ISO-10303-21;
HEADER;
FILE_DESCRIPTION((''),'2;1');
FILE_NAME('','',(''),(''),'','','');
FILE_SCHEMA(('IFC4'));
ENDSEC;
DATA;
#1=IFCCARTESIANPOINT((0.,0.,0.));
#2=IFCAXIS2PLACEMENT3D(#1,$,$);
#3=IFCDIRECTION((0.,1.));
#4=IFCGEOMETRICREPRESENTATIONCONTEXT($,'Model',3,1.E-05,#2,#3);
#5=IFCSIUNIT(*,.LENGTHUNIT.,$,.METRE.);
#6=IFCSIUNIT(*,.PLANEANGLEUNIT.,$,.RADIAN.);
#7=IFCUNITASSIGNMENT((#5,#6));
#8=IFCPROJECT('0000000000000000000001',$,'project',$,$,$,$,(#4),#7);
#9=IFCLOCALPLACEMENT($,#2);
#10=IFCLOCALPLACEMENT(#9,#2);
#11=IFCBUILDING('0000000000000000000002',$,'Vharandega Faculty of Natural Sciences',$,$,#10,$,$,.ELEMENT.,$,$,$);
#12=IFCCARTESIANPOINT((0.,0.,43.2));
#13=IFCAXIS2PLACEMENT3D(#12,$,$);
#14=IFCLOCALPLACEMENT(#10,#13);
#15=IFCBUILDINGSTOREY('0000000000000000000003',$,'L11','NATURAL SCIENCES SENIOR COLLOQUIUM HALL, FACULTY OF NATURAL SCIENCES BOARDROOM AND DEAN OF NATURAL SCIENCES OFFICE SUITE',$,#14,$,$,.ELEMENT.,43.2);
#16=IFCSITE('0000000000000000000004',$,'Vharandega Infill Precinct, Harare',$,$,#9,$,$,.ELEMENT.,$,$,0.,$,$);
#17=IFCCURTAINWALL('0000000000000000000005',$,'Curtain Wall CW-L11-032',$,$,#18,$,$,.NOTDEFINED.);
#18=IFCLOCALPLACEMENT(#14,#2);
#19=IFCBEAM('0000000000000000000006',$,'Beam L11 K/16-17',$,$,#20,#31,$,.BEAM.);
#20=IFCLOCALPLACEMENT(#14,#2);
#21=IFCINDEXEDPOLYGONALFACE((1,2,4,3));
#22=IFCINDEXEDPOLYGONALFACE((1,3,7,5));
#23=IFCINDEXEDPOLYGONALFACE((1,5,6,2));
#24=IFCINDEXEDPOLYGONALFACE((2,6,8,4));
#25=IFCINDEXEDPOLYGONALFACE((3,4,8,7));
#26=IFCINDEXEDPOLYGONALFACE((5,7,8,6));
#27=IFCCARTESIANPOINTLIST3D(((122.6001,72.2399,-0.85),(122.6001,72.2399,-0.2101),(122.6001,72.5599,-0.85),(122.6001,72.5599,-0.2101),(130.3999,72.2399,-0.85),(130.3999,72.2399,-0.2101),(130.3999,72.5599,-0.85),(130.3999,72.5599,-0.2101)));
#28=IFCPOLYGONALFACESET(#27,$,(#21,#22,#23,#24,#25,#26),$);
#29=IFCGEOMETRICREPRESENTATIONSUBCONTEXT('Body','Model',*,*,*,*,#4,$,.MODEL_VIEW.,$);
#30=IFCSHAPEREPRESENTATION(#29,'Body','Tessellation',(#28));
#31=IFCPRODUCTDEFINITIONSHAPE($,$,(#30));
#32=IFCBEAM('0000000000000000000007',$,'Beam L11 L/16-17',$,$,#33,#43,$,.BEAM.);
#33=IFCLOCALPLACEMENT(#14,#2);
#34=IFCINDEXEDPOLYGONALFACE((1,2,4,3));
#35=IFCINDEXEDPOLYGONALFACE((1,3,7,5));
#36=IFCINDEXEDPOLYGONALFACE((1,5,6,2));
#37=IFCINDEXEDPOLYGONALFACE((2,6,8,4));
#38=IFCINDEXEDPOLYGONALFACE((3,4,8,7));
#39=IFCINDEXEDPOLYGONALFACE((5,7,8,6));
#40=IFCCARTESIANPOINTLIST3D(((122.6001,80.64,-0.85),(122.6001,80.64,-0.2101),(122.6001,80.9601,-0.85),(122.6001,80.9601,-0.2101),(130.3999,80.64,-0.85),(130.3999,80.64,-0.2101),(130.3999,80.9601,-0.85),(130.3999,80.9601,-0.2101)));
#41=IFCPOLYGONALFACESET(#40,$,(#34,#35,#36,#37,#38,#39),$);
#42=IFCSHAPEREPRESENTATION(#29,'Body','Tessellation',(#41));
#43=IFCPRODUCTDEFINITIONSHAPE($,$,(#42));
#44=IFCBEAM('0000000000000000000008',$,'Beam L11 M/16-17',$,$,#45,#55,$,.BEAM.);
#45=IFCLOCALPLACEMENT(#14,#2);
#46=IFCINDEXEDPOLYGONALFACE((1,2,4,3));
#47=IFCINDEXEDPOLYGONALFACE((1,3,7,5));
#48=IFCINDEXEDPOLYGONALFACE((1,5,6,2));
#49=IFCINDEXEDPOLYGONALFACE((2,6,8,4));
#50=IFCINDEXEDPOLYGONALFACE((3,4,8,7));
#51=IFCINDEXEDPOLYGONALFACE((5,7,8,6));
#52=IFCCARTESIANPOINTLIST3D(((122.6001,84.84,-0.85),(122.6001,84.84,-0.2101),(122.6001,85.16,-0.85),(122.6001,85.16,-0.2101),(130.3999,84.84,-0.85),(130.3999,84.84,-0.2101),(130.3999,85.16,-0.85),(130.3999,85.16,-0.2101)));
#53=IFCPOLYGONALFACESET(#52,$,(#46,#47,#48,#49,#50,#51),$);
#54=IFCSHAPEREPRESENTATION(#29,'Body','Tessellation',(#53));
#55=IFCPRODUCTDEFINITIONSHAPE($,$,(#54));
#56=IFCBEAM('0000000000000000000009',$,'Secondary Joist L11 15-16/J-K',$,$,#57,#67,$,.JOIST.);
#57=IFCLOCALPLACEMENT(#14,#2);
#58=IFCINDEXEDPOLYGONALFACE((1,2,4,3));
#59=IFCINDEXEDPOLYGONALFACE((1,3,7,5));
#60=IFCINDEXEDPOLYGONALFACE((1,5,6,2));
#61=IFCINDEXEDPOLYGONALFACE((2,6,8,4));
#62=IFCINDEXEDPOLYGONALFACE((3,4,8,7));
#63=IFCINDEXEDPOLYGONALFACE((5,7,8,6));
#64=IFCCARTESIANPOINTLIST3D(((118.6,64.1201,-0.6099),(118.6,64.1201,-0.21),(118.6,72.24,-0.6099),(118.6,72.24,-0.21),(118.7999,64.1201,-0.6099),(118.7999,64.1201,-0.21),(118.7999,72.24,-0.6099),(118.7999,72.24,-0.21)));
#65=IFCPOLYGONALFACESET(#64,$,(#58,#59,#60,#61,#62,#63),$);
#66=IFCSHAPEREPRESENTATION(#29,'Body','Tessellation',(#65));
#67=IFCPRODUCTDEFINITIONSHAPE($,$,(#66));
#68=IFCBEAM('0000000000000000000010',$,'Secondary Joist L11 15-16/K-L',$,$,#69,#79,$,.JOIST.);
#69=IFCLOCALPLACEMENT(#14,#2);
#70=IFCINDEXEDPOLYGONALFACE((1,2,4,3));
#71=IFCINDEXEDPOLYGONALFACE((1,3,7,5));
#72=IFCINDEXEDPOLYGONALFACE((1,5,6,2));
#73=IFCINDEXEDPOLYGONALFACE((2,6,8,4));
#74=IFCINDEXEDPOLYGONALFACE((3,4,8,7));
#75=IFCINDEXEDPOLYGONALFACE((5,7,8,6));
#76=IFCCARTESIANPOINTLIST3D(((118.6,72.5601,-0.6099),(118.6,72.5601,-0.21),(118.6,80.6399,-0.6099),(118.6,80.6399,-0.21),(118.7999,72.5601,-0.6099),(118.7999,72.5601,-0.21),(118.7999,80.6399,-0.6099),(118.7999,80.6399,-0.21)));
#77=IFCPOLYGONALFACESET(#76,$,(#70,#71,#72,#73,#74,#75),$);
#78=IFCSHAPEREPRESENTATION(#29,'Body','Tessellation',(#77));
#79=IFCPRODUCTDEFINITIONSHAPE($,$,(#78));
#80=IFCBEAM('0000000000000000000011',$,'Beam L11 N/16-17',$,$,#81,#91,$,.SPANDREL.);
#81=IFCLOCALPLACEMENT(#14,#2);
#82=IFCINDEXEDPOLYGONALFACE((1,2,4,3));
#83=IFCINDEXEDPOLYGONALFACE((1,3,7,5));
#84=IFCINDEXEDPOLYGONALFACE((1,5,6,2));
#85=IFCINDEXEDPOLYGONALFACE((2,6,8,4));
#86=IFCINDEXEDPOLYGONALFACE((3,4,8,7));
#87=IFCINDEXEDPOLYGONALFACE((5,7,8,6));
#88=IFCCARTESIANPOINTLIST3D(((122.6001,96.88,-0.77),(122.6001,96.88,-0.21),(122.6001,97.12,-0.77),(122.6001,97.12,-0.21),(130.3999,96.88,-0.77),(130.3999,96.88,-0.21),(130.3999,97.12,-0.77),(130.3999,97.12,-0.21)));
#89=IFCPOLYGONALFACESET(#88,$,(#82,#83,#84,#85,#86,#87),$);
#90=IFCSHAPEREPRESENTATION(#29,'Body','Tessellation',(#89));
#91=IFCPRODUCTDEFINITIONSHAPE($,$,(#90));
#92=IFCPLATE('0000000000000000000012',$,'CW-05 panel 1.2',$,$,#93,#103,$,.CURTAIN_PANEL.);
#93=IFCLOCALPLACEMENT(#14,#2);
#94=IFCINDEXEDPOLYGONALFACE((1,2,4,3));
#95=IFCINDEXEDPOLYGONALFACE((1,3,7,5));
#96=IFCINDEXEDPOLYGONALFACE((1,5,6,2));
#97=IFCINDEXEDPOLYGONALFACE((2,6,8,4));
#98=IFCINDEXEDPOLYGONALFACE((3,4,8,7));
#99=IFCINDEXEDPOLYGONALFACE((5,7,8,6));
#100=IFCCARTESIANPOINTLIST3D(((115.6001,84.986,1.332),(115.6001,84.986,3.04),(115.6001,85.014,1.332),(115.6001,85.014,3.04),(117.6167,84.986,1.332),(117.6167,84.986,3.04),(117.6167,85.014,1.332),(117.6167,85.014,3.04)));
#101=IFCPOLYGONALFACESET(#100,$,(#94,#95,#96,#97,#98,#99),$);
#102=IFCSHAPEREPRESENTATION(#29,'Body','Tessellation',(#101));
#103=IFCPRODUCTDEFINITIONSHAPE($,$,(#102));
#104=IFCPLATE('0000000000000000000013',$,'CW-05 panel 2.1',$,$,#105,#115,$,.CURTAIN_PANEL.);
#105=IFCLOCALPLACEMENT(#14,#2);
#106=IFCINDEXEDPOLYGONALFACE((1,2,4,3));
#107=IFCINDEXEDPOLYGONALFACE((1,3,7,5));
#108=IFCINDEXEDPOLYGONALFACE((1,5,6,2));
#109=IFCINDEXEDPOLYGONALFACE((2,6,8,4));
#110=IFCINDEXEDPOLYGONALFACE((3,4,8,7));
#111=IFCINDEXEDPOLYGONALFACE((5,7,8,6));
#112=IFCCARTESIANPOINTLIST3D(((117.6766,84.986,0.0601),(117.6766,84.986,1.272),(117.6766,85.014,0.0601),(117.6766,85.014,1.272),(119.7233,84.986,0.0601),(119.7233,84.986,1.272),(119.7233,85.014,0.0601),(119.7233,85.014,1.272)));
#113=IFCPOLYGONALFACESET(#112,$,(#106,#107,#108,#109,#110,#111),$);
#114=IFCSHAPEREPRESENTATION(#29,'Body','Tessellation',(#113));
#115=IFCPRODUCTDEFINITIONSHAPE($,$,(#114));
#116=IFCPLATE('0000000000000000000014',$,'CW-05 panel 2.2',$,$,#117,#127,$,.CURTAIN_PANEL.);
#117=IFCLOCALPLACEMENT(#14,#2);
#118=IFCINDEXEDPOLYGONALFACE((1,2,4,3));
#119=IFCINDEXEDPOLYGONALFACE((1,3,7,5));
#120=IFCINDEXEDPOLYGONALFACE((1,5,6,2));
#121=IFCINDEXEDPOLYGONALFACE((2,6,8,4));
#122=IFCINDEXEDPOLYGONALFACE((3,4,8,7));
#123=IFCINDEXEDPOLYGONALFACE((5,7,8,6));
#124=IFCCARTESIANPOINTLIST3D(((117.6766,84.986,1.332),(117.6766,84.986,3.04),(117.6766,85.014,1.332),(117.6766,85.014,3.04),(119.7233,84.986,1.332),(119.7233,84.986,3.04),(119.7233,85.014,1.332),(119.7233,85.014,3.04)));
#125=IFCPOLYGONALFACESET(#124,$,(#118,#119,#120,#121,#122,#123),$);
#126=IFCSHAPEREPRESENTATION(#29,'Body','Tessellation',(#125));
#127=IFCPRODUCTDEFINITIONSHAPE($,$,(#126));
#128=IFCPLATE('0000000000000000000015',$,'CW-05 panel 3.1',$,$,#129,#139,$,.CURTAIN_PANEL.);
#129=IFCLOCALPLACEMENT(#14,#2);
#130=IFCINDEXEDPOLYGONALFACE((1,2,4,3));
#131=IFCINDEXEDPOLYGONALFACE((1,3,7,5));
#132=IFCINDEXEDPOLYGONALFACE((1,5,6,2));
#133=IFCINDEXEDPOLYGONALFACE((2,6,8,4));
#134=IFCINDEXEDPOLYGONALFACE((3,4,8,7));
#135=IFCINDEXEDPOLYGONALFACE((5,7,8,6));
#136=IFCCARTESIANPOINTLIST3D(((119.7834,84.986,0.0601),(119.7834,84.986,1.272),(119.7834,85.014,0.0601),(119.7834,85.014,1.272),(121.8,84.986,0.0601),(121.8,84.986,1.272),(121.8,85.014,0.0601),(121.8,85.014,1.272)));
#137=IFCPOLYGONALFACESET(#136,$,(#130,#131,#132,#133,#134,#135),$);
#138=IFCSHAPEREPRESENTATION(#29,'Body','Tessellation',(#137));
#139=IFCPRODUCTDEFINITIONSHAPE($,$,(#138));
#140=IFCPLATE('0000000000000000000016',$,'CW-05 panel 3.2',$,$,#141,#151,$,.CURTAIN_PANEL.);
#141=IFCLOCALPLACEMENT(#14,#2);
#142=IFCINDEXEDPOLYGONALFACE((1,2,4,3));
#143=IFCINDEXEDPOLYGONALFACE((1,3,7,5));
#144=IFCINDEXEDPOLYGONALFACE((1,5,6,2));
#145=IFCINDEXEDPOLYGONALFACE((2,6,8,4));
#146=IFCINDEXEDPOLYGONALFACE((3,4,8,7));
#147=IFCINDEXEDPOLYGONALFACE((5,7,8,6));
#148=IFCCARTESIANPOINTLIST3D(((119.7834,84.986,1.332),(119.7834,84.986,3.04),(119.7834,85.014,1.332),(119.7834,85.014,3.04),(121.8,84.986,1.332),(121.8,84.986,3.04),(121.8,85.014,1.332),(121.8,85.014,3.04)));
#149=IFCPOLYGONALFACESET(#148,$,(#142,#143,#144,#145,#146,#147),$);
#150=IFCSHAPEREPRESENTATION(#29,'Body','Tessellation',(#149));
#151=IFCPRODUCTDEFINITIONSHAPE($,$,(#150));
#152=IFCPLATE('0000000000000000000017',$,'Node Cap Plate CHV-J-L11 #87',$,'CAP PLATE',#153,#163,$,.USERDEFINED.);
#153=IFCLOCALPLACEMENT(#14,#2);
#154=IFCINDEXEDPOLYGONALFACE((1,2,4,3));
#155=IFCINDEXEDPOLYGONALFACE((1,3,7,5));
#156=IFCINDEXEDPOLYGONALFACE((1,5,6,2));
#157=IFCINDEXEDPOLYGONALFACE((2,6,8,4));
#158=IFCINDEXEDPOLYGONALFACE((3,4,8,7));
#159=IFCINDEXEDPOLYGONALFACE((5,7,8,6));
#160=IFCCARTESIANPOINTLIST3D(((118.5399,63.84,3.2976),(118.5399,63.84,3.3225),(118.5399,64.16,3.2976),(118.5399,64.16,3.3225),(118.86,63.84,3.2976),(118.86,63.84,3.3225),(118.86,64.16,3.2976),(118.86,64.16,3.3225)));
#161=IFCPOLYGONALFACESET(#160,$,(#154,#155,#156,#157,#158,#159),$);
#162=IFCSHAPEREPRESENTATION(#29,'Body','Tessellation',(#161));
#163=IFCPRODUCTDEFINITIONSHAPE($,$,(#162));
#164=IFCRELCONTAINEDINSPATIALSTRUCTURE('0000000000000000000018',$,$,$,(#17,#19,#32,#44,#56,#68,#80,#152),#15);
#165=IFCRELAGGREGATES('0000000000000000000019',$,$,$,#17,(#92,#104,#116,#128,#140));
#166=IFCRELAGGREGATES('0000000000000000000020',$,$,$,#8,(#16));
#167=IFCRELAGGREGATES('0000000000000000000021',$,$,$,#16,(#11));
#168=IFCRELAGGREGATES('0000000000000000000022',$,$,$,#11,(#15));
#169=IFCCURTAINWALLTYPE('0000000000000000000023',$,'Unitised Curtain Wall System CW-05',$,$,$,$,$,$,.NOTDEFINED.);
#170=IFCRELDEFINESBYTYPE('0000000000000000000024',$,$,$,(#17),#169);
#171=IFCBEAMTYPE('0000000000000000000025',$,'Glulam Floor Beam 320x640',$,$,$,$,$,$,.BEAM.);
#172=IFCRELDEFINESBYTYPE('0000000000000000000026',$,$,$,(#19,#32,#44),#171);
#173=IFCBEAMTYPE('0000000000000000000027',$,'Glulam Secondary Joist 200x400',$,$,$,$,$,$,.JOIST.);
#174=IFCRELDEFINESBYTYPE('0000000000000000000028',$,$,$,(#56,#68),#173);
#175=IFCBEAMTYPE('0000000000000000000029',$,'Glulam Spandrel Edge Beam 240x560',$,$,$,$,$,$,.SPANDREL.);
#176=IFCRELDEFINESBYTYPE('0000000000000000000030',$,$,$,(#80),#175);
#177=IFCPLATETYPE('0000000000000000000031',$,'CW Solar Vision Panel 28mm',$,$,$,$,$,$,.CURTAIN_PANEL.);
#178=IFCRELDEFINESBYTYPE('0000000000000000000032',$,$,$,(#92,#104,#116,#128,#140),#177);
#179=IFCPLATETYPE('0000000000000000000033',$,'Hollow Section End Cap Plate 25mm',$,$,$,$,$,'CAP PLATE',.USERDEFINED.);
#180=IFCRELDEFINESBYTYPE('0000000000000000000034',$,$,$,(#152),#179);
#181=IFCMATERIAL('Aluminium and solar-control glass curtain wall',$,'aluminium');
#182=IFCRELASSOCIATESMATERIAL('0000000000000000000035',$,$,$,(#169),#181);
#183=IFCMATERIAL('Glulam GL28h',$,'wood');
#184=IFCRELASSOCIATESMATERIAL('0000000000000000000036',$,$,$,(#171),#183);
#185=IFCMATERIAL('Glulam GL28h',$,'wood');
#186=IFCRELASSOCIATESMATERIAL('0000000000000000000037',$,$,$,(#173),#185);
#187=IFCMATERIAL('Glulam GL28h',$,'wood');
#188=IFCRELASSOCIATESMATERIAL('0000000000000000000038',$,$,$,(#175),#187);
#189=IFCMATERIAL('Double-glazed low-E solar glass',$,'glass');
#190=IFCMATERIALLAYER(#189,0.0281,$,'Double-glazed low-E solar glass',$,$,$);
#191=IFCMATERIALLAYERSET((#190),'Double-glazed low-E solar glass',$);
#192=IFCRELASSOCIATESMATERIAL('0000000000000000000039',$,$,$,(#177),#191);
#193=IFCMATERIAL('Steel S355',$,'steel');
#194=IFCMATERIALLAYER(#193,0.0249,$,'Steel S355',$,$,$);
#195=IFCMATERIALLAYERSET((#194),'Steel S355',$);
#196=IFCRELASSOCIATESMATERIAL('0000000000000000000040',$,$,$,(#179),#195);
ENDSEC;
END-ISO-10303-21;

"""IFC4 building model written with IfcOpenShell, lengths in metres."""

from ifc_helpers import new_model, si_unit, direction, frame, origin, origin_2d, place, context, subcontext, project, spatial, rectangle, extrude, material, layer, layer_set, material_profile, profile_set, type_object, element, aggregate, save


model = new_model("IFC4")

# Units and contexts
model_context = context("Model", 3, precision=1e-05, world=origin(), true_north=direction((0.0, 1.0)))
body_context = subcontext(model_context, "Body", "Model", "MODEL_VIEW")
ifc_project = project(units=[si_unit("LENGTHUNIT", "METRE"), si_unit("PLANEANGLEUNIT", "RADIAN")], contexts=[model_context])

# Site, building, storey
site_placement = place(None, origin())
site = spatial("IfcSite", under=ifc_project, at=site_placement, Name="Vharandega Infill Precinct, Harare", CompositionType="ELEMENT", RefElevation=0.0)
building_placement = place(site_placement, origin())
building = spatial("IfcBuilding", under=site, at=building_placement, Name="Vharandega Faculty of Natural Sciences", CompositionType="ELEMENT")
storey_placement = place(building_placement, frame((0.0, 0.0, 43.2)))
storey = spatial("IfcBuildingStorey", under=building, at=storey_placement, Name="L11", Description="NATURAL SCIENCES SENIOR COLLOQUIUM HALL, FACULTY OF NATURAL SCIENCES BOARDROOM AND DEAN OF NATURAL SCIENCES OFFICE SUITE", CompositionType="ELEMENT", Elevation=43.2)

# Curtain wall
ifc_material_1 = material(Name="Aluminium and solar-control glass curtain wall", Category="aluminium")
curtain_wall_type = type_object("IfcCurtainWallType", Name="Unitised Curtain Wall System CW-05", PredefinedType="NOTDEFINED", material=ifc_material_1)
curtain_wall_placement = place(storey_placement, origin())
curtain_wall = element("IfcCurtainWall", 1, at=curtain_wall_placement, inside=storey, type_object=curtain_wall_type, Name="Curtain Wall CW-L11-032", PredefinedType="NOTDEFINED")

# Beams
ifc_material_2 = material(Name="Glulam GL28h", Category="wood")
ifc_material_profile_1 = material_profile(ifc_material_2, rectangle(XDim=0.3201, YDim=0.6399, at=origin_2d()), Name="GL28h 320x640")
ifc_profile_set_1 = profile_set([ifc_material_profile_1], Name="Glulam GL28h")
beam_type_1 = type_object("IfcBeamType", Name="Glulam Floor Beam 320x640", PredefinedType="BEAM", material=ifc_profile_set_1)
for number, where, z_axis, x_axis, name in (
    (2, (122.6001, 72.3999, -0.53), (1.0, 0.0, 0.0), (0.0, 1.0, 0.0), "Beam L11 K/16-17"),
    (3, (122.6001, 80.8, -0.53), (1.0, 0.0, 0.0), (0.0, 1.0, 0.0), "Beam L11 L/16-17"),
    (4, (122.6001, 85.0, -0.53), (1.0, 0.0, 0.0), (0.0, 1.0, 0.0), "Beam L11 M/16-17"),
):
    element("IfcBeam", number, at=place(storey_placement, frame(where, z_axis=z_axis, x_axis=x_axis)), inside=storey, type_object=beam_type_1, Name=name, PredefinedType="BEAM", context=body_context, shape_type="SweptSolid", body=[
        extrude(rectangle(XDim=0.3201, YDim=0.6399, at=origin_2d()), origin(), (0.0, 0.0, 1.0), 7.7998),
    ])
ifc_material_3 = material(Name="Glulam GL28h", Category="wood")
ifc_material_profile_2 = material_profile(ifc_material_3, rectangle(XDim=0.2, YDim=0.3999, at=origin_2d()), Name="GL28h 200x400")
ifc_profile_set_2 = profile_set([ifc_material_profile_2], Name="Glulam GL28h")
beam_type_2 = type_object("IfcBeamType", Name="Glulam Secondary Joist 200x400", PredefinedType="JOIST", material=ifc_profile_set_2)
beam_1_placement = place(storey_placement, frame((118.7, 64.1201, -0.4099), z_axis=(0.0, 1.0, 0.0), x_axis=(-1.0, 0.0, 0.0)))
element("IfcBeam", 5, at=beam_1_placement, inside=storey, type_object=beam_type_2, Name="Secondary Joist L11 15-16/J-K", PredefinedType="JOIST", context=body_context, shape_type="SweptSolid", body=[
    extrude(rectangle(XDim=0.2, YDim=0.3999, at=origin_2d()), origin(), (0.0, 0.0, 1.0), 8.1199),
])
beam_2_placement = place(storey_placement, frame((118.7, 72.5601, -0.4099), z_axis=(0.0, 1.0, 0.0), x_axis=(-1.0, 0.0, 0.0)))
element("IfcBeam", 6, at=beam_2_placement, inside=storey, type_object=beam_type_2, Name="Secondary Joist L11 15-16/K-L", PredefinedType="JOIST", context=body_context, shape_type="SweptSolid", body=[
    extrude(rectangle(XDim=0.2, YDim=0.3999, at=origin_2d()), origin(), (0.0, 0.0, 1.0), 8.0798),
])
ifc_material_4 = material(Name="Glulam GL28h", Category="wood")
ifc_material_profile_3 = material_profile(ifc_material_4, rectangle(XDim=0.24, YDim=0.5601, at=origin_2d()), Name="GL28h 240x560")
ifc_profile_set_3 = profile_set([ifc_material_profile_3], Name="Glulam GL28h")
beam_type_3 = type_object("IfcBeamType", Name="Glulam Spandrel Edge Beam 240x560", PredefinedType="SPANDREL", material=ifc_profile_set_3)
beam_3_placement = place(storey_placement, frame((122.6001, 97.0, -0.49), z_axis=(1.0, 0.0, 0.0), x_axis=(0.0, 1.0, 0.0)))
element("IfcBeam", 7, at=beam_3_placement, inside=storey, type_object=beam_type_3, Name="Beam L11 N/16-17", PredefinedType="SPANDREL", context=body_context, shape_type="SweptSolid", body=[
    extrude(rectangle(XDim=0.24, YDim=0.5601, at=origin_2d()), origin(), (0.0, 0.0, 1.0), 7.7998),
])

# Plates
ifc_material_5 = material(Name="Double-glazed low-E solar glass", Category="glass")
ifc_layer_1 = layer(ifc_material_5, 0.0281, Name="Double-glazed low-E solar glass")
ifc_layer_set_1 = layer_set([ifc_layer_1], Name="Double-glazed low-E solar glass")
plate_type_1 = type_object("IfcPlateType", Name="CW Solar Vision Panel 28mm", PredefinedType="CURTAIN_PANEL", material=ifc_layer_set_1)
plate_1_placement = place(storey_placement, frame((116.6084, 85.0, 1.332), z_axis=(0.0, 0.0, 1.0), x_axis=(1.0, 0.0, 0.0)))
plate_1 = element("IfcPlate", 8, at=plate_1_placement, type_object=plate_type_1, Name="CW-05 panel 1.2", PredefinedType="CURTAIN_PANEL", context=body_context, shape_type="SweptSolid", body=[
    extrude(rectangle(XDim=2.0166, YDim=0.0281, at=origin_2d()), origin(), (0.0, 0.0, 1.0), 1.708),
])
plate_2_placement = place(storey_placement, frame((118.7, 85.0, 0.0601), z_axis=(0.0, 0.0, 1.0), x_axis=(1.0, 0.0, 0.0)))
plate_2 = element("IfcPlate", 9, at=plate_2_placement, type_object=plate_type_1, Name="CW-05 panel 2.1", PredefinedType="CURTAIN_PANEL", context=body_context, shape_type="SweptSolid", body=[
    extrude(rectangle(XDim=2.0466, YDim=0.0281, at=origin_2d()), origin(), (0.0, 0.0, 1.0), 1.2119),
])
plate_3_placement = place(storey_placement, frame((118.7, 85.0, 1.332), z_axis=(0.0, 0.0, 1.0), x_axis=(1.0, 0.0, 0.0)))
plate_3 = element("IfcPlate", 10, at=plate_3_placement, type_object=plate_type_1, Name="CW-05 panel 2.2", PredefinedType="CURTAIN_PANEL", context=body_context, shape_type="SweptSolid", body=[
    extrude(rectangle(XDim=2.0466, YDim=0.0281, at=origin_2d()), origin(), (0.0, 0.0, 1.0), 1.708),
])
plate_4_placement = place(storey_placement, frame((120.7917, 85.0, 0.0601), z_axis=(0.0, 0.0, 1.0), x_axis=(1.0, 0.0, 0.0)))
plate_4 = element("IfcPlate", 11, at=plate_4_placement, type_object=plate_type_1, Name="CW-05 panel 3.1", PredefinedType="CURTAIN_PANEL", context=body_context, shape_type="SweptSolid", body=[
    extrude(rectangle(XDim=2.0166, YDim=0.0281, at=origin_2d()), origin(), (0.0, 0.0, 1.0), 1.2119),
])
plate_5_placement = place(storey_placement, frame((120.7917, 85.0, 1.332), z_axis=(0.0, 0.0, 1.0), x_axis=(1.0, 0.0, 0.0)))
plate_5 = element("IfcPlate", 12, at=plate_5_placement, type_object=plate_type_1, Name="CW-05 panel 3.2", PredefinedType="CURTAIN_PANEL", context=body_context, shape_type="SweptSolid", body=[
    extrude(rectangle(XDim=2.0166, YDim=0.0281, at=origin_2d()), origin(), (0.0, 0.0, 1.0), 1.708),
])
aggregate(curtain_wall, [plate_1, plate_2, plate_3, plate_4, plate_5])
ifc_material_6 = material(Name="Steel S355", Category="steel")
ifc_layer_2 = layer(ifc_material_6, 0.0249, Name="Steel S355")
ifc_layer_set_2 = layer_set([ifc_layer_2], Name="Steel S355")
plate_type_2 = type_object("IfcPlateType", Name="Hollow Section End Cap Plate 25mm", ElementType="CAP PLATE", PredefinedType="USERDEFINED", material=ifc_layer_set_2)
plate_6_placement = place(storey_placement, frame((118.7, 64.0, 3.2976), z_axis=(0.0, 0.0, 1.0), x_axis=(1.0, 0.0, 0.0)))
element("IfcPlate", 13, at=plate_6_placement, inside=storey, type_object=plate_type_2, Name="Node Cap Plate CHV-J-L11 #87", ObjectType="CAP PLATE", PredefinedType="USERDEFINED", context=body_context, shape_type="SweptSolid", body=[
    extrude(rectangle(XDim=0.3201, YDim=0.3201, at=origin_2d()), origin(), (0.0, 0.0, 1.0), 0.0249),
])

save(model, "model.ifc")
